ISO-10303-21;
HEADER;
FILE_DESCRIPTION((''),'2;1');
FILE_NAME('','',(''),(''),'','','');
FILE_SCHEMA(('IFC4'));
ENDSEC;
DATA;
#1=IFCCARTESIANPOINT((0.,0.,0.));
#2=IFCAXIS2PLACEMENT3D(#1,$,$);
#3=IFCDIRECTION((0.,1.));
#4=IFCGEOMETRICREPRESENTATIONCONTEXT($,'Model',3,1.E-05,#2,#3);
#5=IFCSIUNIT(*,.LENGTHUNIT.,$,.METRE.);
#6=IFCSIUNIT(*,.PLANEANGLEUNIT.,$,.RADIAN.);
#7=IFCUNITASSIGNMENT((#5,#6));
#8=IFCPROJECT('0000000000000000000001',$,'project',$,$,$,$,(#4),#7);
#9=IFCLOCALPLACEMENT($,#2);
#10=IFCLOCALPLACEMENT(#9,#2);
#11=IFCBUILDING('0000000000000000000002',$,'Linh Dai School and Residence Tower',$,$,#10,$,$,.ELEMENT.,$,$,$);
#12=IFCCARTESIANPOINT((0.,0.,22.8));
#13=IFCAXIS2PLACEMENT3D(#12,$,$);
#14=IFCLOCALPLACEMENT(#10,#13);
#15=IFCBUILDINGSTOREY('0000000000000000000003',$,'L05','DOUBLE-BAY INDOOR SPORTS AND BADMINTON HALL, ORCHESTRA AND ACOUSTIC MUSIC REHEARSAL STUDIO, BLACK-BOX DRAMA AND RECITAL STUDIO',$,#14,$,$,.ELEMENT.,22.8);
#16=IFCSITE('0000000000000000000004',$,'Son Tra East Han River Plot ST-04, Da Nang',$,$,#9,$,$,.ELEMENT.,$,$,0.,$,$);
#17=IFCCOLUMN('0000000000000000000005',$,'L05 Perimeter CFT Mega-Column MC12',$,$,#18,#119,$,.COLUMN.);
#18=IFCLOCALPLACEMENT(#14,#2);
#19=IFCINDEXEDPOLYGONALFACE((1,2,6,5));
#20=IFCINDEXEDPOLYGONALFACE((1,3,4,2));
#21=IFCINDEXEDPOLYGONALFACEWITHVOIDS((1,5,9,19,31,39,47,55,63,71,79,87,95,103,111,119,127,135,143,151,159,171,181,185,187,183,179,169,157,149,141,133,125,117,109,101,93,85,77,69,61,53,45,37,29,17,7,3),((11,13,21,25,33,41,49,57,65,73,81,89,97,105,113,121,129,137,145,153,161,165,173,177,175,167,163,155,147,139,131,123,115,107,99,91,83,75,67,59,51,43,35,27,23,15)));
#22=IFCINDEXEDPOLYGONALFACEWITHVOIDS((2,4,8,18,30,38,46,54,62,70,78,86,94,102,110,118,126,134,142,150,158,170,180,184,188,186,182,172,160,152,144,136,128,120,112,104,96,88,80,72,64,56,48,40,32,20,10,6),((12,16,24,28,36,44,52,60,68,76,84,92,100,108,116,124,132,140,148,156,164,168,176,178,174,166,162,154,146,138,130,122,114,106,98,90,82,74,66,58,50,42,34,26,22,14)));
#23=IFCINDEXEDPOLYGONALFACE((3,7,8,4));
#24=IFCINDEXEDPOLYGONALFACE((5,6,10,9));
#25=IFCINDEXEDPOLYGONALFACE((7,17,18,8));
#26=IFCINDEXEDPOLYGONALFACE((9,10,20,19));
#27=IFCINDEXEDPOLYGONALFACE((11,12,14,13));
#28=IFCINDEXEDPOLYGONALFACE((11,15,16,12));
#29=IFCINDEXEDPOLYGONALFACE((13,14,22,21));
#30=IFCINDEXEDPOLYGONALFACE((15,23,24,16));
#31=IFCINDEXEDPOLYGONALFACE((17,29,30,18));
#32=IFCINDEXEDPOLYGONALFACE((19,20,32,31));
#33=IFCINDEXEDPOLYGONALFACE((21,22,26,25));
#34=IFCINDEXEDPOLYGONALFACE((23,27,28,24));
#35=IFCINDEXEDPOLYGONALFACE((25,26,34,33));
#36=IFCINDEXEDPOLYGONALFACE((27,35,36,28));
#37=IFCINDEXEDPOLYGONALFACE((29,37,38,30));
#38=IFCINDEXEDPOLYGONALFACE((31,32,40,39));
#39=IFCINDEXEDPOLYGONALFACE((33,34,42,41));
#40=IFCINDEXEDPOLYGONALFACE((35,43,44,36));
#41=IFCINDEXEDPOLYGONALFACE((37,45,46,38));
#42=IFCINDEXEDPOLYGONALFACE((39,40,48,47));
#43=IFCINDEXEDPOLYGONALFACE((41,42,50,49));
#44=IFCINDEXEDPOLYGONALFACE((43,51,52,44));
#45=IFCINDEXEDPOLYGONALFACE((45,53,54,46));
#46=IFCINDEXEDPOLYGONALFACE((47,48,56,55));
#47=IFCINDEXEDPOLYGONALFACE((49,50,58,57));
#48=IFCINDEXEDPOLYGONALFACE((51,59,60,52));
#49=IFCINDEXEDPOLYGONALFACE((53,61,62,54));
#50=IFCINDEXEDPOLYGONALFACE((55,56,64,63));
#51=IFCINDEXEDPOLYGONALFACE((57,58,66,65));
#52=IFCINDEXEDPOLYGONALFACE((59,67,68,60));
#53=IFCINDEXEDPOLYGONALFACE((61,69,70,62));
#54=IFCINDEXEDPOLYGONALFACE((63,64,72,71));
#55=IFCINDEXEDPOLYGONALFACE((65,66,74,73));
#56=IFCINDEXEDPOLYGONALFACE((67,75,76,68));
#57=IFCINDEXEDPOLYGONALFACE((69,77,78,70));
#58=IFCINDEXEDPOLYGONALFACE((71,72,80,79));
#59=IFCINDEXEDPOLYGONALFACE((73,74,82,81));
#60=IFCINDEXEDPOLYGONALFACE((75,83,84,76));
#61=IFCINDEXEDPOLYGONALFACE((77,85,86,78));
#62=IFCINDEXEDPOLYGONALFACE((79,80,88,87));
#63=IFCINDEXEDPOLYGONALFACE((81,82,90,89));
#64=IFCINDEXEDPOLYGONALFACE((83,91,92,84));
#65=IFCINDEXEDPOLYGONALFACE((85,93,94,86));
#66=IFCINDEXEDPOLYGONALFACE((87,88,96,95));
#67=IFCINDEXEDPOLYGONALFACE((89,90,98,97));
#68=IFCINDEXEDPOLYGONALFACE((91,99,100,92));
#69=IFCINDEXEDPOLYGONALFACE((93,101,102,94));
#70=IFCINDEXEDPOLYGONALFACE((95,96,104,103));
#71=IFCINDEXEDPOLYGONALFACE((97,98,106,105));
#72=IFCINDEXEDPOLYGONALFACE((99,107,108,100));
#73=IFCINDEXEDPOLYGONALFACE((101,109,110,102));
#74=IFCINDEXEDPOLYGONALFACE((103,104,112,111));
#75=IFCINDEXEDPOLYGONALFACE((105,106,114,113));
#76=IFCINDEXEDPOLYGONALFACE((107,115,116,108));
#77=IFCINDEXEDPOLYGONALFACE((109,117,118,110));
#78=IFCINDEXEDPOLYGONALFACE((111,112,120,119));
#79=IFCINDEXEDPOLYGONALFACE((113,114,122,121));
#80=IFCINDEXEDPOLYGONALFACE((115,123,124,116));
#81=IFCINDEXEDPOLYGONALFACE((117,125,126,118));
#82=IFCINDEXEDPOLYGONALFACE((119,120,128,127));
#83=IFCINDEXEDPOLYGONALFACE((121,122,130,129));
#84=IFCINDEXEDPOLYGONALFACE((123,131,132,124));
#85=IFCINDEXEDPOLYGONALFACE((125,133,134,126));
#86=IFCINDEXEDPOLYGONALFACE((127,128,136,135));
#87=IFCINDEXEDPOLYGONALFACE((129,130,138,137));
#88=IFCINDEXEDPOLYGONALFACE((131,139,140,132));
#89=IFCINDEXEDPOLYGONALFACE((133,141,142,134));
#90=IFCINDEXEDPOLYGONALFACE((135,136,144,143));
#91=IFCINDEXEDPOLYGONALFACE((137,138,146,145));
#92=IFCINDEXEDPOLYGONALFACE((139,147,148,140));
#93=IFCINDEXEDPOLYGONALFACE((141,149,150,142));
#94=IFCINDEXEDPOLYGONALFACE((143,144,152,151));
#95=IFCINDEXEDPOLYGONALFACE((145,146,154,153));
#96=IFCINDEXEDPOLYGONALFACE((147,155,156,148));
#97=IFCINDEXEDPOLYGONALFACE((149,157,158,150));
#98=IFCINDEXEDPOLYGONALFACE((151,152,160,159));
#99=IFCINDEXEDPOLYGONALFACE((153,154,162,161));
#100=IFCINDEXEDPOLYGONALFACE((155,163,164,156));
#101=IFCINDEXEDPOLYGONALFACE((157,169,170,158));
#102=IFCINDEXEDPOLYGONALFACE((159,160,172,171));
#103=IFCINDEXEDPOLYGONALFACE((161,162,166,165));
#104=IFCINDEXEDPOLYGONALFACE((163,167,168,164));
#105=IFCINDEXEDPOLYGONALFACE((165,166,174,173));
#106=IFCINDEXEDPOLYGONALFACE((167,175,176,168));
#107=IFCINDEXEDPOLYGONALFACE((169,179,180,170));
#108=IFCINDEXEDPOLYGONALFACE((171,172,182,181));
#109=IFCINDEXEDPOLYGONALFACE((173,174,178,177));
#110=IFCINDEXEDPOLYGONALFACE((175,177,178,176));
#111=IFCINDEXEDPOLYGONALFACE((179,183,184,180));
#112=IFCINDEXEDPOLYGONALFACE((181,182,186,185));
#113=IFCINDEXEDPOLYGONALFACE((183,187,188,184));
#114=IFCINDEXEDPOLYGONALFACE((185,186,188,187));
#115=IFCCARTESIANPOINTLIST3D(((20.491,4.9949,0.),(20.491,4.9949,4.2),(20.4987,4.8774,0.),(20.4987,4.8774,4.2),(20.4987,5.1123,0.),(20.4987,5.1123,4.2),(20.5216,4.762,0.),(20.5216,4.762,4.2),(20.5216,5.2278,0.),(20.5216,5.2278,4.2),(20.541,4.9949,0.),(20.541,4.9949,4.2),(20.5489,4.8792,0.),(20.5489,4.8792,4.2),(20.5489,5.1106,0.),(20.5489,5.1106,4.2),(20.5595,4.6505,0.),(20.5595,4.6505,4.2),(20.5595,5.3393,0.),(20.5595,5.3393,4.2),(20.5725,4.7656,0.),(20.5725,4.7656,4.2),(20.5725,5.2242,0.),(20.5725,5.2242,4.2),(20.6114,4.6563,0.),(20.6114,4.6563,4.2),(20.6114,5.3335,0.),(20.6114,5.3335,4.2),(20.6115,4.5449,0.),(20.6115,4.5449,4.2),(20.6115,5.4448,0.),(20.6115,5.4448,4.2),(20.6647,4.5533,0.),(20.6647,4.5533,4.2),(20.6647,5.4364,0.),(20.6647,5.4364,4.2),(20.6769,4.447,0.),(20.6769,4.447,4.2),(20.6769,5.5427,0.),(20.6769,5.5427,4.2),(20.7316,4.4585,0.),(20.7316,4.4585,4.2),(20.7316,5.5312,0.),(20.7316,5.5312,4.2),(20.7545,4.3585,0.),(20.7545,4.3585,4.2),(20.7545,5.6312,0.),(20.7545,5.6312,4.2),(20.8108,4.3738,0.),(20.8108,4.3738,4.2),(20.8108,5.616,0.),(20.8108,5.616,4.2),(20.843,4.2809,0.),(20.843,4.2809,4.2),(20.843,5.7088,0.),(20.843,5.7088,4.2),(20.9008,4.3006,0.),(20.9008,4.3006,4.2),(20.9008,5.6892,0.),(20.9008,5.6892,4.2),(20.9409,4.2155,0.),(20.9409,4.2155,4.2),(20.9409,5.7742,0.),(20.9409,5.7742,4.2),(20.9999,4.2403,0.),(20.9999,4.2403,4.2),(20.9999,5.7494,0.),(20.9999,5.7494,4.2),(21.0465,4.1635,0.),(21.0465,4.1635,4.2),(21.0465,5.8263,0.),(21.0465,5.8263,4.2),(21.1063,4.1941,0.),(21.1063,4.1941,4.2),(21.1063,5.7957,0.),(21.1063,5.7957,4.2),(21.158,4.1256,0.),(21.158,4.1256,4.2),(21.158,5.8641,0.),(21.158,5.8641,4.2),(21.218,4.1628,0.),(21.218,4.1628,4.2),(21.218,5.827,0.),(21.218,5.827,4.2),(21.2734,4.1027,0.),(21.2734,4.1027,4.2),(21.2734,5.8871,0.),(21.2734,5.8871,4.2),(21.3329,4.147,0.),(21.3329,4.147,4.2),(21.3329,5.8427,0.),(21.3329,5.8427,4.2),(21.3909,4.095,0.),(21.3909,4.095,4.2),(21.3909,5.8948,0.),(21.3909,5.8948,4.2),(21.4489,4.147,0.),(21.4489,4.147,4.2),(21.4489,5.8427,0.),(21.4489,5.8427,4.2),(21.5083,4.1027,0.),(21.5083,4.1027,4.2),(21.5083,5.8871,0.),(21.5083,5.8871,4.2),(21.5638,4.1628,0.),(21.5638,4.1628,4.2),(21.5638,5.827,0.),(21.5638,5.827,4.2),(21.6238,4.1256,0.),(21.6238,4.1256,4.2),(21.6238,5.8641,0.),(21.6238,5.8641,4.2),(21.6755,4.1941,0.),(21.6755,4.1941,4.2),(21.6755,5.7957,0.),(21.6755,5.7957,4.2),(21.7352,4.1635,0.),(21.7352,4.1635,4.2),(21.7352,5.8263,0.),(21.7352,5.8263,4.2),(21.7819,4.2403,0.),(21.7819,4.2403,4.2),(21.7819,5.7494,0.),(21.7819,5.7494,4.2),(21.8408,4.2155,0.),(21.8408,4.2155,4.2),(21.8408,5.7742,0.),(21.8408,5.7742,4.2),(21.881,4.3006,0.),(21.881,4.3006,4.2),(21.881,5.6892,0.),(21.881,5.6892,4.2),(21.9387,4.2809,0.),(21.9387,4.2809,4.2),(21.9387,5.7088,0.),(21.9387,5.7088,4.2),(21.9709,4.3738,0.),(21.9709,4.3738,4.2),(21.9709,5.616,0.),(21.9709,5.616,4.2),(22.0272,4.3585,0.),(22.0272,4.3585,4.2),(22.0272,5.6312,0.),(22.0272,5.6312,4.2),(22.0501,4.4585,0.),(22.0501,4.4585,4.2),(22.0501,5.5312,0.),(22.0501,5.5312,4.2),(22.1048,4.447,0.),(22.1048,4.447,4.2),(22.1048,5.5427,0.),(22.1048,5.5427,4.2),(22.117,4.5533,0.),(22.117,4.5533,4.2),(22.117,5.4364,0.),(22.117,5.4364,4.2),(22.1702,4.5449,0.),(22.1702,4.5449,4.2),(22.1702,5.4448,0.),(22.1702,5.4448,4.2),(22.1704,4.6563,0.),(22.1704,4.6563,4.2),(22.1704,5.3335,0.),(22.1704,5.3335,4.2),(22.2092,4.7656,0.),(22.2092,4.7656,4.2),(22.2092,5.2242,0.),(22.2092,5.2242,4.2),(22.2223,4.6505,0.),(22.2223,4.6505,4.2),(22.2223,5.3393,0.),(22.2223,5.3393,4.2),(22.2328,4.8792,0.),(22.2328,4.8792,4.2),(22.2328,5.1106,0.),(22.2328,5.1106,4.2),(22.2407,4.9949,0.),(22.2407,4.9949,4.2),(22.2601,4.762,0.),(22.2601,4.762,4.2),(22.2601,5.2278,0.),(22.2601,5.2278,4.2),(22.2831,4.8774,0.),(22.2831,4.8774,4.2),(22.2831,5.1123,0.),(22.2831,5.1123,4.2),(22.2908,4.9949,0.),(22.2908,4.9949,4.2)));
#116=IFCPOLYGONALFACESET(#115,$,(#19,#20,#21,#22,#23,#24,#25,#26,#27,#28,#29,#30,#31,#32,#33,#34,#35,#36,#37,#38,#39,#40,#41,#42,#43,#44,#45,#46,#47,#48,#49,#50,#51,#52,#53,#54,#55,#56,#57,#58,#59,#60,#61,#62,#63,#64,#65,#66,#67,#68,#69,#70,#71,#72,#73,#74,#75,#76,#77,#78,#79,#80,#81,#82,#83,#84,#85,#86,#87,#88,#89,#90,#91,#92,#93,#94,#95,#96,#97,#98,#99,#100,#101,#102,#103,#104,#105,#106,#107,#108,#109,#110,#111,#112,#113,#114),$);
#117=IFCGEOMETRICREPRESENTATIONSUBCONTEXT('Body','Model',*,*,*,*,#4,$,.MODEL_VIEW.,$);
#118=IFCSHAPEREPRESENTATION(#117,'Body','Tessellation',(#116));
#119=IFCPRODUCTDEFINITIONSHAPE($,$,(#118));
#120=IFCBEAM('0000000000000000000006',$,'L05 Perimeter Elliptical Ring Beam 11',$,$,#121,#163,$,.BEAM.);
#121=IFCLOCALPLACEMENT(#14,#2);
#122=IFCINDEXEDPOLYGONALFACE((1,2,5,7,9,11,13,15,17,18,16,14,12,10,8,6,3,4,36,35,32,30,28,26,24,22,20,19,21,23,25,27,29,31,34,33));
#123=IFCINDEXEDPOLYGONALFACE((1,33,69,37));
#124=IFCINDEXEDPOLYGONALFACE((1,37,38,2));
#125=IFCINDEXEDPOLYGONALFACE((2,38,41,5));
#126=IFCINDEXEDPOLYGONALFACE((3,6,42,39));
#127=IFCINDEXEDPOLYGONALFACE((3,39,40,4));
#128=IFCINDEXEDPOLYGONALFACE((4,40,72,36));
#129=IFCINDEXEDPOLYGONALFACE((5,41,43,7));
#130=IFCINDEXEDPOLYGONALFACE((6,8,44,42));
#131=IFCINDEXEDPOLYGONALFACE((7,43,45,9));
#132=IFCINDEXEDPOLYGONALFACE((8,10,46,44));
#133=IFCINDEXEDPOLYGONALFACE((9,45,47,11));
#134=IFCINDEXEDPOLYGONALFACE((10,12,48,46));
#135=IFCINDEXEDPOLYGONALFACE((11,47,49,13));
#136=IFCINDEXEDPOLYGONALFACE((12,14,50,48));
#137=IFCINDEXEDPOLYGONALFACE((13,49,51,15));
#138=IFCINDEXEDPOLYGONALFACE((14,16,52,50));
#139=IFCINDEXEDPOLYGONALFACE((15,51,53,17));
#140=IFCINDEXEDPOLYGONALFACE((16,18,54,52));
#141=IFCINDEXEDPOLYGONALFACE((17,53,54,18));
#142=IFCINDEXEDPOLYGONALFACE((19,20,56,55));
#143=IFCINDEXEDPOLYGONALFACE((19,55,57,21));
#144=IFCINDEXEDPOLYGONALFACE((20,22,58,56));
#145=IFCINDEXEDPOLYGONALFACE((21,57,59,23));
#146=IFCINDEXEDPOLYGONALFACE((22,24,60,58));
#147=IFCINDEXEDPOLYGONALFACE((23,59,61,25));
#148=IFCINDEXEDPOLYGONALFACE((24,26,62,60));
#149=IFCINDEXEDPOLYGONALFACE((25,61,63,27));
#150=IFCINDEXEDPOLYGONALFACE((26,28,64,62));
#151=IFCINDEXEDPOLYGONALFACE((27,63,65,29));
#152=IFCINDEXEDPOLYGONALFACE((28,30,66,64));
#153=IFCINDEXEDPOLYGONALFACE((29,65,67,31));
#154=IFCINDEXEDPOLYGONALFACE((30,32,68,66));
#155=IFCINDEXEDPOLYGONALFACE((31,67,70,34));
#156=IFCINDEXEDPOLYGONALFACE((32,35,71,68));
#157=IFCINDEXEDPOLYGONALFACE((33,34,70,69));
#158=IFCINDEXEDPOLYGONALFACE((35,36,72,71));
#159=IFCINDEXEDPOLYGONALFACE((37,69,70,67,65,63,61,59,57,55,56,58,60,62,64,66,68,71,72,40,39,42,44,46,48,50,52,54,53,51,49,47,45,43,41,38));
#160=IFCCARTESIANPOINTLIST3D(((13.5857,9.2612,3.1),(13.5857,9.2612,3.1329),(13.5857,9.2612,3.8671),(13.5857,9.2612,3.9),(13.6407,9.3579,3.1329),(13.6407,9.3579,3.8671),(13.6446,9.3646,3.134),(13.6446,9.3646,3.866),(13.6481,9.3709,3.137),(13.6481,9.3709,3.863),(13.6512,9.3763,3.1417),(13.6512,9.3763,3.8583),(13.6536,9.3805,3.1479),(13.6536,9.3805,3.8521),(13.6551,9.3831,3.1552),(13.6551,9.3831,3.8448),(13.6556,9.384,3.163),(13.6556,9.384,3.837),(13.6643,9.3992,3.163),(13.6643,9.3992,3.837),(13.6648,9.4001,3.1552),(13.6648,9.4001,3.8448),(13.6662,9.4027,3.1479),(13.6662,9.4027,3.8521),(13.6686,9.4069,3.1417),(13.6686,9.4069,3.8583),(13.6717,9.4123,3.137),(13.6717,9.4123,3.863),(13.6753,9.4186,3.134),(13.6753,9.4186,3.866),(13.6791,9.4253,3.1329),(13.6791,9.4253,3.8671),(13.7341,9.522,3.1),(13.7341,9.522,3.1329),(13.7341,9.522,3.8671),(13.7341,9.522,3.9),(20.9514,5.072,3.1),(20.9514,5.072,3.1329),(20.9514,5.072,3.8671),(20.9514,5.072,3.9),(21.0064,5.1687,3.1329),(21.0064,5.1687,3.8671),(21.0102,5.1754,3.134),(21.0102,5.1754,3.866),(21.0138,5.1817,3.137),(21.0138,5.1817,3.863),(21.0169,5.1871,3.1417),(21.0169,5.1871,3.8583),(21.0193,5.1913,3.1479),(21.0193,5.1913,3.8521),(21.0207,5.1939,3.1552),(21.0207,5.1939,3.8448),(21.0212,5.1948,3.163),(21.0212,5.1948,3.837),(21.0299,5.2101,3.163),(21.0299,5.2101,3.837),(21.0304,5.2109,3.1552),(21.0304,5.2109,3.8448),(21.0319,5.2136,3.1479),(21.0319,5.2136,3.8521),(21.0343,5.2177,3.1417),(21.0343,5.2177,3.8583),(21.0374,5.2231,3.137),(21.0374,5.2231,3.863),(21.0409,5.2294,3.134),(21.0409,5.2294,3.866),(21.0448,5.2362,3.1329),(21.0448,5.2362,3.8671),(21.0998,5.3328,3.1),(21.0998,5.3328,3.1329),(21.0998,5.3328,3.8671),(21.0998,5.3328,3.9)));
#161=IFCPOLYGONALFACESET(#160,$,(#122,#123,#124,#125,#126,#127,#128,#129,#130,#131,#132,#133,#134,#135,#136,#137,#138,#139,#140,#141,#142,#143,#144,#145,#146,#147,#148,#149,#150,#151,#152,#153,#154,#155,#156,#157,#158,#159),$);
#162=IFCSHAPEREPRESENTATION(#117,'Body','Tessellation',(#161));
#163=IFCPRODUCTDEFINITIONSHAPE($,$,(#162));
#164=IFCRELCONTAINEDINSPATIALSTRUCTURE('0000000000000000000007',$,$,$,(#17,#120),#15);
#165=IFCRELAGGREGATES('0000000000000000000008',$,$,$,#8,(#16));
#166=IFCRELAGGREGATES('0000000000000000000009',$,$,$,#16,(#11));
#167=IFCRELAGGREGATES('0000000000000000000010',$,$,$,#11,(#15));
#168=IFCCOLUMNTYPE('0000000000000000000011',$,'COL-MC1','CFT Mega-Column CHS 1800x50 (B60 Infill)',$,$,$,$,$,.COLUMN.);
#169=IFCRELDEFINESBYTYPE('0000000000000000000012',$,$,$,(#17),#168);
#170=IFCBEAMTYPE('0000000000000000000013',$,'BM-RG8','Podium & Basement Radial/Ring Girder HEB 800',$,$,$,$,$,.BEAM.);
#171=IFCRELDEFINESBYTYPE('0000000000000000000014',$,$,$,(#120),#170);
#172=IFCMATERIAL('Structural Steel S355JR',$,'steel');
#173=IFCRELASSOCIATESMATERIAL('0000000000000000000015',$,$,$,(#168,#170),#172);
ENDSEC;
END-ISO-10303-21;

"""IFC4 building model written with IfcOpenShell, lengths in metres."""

from ifc_helpers import new_model, si_unit, direction, frame, origin, origin_2d, place, context, subcontext, project, spatial, hollow_circle, i_section, extrude, material, material_profile, profile_set, type_object, element, save


model = new_model("IFC4")

# Units and contexts
model_context = context("Model", 3, precision=1e-05, world=origin(), true_north=direction((0.0, 1.0)))
body_context = subcontext(model_context, "Body", "Model", "MODEL_VIEW")
ifc_project = project(units=[si_unit("LENGTHUNIT", "METRE"), si_unit("PLANEANGLEUNIT", "RADIAN")], contexts=[model_context])

# Site, building, storey
site_placement = place(None, origin())
site = spatial("IfcSite", under=ifc_project, at=site_placement, Name="Son Tra East Han River Plot ST-04, Da Nang", CompositionType="ELEMENT", RefElevation=0.0)
building_placement = place(site_placement, origin())
building = spatial("IfcBuilding", under=site, at=building_placement, Name="Linh Dai School and Residence Tower", CompositionType="ELEMENT")
storey_placement = place(building_placement, frame((0.0, 0.0, 22.8)))
storey = spatial("IfcBuildingStorey", under=building, at=storey_placement, Name="L05", Description="DOUBLE-BAY INDOOR SPORTS AND BADMINTON HALL, ORCHESTRA AND ACOUSTIC MUSIC REHEARSAL STUDIO, BLACK-BOX DRAMA AND RECITAL STUDIO", CompositionType="ELEMENT", Elevation=22.8)

# Column
ifc_material_1 = material(Name="Structural Steel S355JR", Category="steel")
ifc_material_profile_1 = material_profile(ifc_material_1, hollow_circle(Radius=0.8999, WallThickness=0.05, at=origin_2d()), Name="CHS 1800x50")
ifc_profile_set_1 = profile_set([ifc_material_profile_1], Name="Structural Steel S355JR")
column_type = type_object("IfcColumnType", Name="COL-MC1", Description="CFT Mega-Column CHS 1800x50 (B60 Infill)", PredefinedType="COLUMN", material=ifc_profile_set_1)
for number, where, z_axis, x_axis, name in (
    (1, (21.3909, 4.9949, 0.0), (0.0, 0.0, 1.0), (1.0, 0.0, 0.0), "L05 Perimeter CFT Mega-Column MC12"),
):
    element("IfcColumn", number, at=place(storey_placement, frame(where, z_axis=z_axis, x_axis=x_axis)), inside=storey, type_object=column_type, Name=name, PredefinedType="COLUMN", context=body_context, shape_type="SweptSolid", body=[
        extrude(hollow_circle(Radius=0.8999, WallThickness=0.05, at=origin_2d()), origin(), (0.0, 0.0, 1.0), 4.2),
    ])

# Beam
ifc_material_profile_2 = material_profile(ifc_material_1, i_section(OverallWidth=0.3, OverallDepth=0.8, WebThickness=0.0176, FlangeThickness=0.033, FilletRadius=0.03, at=origin_2d()), Name="HEB 800")
ifc_profile_set_2 = profile_set([ifc_material_profile_2], Name="Structural Steel S355JR")
beam_type = type_object("IfcBeamType", Name="BM-RG8", Description="Podium & Basement Radial/Ring Girder HEB 800", PredefinedType="BEAM", material=ifc_profile_set_2)
beam_1_placement = place(storey_placement, frame((13.6599, 9.3916, 3.5), z_axis=(0.869247, -0.494379, 0.0), x_axis=(0.494379, 0.869247, 0.0)))
element("IfcBeam", 2, at=beam_1_placement, inside=storey, type_object=beam_type, Name="L05 Perimeter Elliptical Ring Beam 11", PredefinedType="BEAM", context=body_context, shape_type="SweptSolid", body=[
    extrude(i_section(OverallWidth=0.3, OverallDepth=0.8, WebThickness=0.0176, FlangeThickness=0.033, FilletRadius=0.03, at=origin_2d()), origin(), (0.0, 0.0, 1.0), 8.4736),
])

save(model, "model.ifc")
